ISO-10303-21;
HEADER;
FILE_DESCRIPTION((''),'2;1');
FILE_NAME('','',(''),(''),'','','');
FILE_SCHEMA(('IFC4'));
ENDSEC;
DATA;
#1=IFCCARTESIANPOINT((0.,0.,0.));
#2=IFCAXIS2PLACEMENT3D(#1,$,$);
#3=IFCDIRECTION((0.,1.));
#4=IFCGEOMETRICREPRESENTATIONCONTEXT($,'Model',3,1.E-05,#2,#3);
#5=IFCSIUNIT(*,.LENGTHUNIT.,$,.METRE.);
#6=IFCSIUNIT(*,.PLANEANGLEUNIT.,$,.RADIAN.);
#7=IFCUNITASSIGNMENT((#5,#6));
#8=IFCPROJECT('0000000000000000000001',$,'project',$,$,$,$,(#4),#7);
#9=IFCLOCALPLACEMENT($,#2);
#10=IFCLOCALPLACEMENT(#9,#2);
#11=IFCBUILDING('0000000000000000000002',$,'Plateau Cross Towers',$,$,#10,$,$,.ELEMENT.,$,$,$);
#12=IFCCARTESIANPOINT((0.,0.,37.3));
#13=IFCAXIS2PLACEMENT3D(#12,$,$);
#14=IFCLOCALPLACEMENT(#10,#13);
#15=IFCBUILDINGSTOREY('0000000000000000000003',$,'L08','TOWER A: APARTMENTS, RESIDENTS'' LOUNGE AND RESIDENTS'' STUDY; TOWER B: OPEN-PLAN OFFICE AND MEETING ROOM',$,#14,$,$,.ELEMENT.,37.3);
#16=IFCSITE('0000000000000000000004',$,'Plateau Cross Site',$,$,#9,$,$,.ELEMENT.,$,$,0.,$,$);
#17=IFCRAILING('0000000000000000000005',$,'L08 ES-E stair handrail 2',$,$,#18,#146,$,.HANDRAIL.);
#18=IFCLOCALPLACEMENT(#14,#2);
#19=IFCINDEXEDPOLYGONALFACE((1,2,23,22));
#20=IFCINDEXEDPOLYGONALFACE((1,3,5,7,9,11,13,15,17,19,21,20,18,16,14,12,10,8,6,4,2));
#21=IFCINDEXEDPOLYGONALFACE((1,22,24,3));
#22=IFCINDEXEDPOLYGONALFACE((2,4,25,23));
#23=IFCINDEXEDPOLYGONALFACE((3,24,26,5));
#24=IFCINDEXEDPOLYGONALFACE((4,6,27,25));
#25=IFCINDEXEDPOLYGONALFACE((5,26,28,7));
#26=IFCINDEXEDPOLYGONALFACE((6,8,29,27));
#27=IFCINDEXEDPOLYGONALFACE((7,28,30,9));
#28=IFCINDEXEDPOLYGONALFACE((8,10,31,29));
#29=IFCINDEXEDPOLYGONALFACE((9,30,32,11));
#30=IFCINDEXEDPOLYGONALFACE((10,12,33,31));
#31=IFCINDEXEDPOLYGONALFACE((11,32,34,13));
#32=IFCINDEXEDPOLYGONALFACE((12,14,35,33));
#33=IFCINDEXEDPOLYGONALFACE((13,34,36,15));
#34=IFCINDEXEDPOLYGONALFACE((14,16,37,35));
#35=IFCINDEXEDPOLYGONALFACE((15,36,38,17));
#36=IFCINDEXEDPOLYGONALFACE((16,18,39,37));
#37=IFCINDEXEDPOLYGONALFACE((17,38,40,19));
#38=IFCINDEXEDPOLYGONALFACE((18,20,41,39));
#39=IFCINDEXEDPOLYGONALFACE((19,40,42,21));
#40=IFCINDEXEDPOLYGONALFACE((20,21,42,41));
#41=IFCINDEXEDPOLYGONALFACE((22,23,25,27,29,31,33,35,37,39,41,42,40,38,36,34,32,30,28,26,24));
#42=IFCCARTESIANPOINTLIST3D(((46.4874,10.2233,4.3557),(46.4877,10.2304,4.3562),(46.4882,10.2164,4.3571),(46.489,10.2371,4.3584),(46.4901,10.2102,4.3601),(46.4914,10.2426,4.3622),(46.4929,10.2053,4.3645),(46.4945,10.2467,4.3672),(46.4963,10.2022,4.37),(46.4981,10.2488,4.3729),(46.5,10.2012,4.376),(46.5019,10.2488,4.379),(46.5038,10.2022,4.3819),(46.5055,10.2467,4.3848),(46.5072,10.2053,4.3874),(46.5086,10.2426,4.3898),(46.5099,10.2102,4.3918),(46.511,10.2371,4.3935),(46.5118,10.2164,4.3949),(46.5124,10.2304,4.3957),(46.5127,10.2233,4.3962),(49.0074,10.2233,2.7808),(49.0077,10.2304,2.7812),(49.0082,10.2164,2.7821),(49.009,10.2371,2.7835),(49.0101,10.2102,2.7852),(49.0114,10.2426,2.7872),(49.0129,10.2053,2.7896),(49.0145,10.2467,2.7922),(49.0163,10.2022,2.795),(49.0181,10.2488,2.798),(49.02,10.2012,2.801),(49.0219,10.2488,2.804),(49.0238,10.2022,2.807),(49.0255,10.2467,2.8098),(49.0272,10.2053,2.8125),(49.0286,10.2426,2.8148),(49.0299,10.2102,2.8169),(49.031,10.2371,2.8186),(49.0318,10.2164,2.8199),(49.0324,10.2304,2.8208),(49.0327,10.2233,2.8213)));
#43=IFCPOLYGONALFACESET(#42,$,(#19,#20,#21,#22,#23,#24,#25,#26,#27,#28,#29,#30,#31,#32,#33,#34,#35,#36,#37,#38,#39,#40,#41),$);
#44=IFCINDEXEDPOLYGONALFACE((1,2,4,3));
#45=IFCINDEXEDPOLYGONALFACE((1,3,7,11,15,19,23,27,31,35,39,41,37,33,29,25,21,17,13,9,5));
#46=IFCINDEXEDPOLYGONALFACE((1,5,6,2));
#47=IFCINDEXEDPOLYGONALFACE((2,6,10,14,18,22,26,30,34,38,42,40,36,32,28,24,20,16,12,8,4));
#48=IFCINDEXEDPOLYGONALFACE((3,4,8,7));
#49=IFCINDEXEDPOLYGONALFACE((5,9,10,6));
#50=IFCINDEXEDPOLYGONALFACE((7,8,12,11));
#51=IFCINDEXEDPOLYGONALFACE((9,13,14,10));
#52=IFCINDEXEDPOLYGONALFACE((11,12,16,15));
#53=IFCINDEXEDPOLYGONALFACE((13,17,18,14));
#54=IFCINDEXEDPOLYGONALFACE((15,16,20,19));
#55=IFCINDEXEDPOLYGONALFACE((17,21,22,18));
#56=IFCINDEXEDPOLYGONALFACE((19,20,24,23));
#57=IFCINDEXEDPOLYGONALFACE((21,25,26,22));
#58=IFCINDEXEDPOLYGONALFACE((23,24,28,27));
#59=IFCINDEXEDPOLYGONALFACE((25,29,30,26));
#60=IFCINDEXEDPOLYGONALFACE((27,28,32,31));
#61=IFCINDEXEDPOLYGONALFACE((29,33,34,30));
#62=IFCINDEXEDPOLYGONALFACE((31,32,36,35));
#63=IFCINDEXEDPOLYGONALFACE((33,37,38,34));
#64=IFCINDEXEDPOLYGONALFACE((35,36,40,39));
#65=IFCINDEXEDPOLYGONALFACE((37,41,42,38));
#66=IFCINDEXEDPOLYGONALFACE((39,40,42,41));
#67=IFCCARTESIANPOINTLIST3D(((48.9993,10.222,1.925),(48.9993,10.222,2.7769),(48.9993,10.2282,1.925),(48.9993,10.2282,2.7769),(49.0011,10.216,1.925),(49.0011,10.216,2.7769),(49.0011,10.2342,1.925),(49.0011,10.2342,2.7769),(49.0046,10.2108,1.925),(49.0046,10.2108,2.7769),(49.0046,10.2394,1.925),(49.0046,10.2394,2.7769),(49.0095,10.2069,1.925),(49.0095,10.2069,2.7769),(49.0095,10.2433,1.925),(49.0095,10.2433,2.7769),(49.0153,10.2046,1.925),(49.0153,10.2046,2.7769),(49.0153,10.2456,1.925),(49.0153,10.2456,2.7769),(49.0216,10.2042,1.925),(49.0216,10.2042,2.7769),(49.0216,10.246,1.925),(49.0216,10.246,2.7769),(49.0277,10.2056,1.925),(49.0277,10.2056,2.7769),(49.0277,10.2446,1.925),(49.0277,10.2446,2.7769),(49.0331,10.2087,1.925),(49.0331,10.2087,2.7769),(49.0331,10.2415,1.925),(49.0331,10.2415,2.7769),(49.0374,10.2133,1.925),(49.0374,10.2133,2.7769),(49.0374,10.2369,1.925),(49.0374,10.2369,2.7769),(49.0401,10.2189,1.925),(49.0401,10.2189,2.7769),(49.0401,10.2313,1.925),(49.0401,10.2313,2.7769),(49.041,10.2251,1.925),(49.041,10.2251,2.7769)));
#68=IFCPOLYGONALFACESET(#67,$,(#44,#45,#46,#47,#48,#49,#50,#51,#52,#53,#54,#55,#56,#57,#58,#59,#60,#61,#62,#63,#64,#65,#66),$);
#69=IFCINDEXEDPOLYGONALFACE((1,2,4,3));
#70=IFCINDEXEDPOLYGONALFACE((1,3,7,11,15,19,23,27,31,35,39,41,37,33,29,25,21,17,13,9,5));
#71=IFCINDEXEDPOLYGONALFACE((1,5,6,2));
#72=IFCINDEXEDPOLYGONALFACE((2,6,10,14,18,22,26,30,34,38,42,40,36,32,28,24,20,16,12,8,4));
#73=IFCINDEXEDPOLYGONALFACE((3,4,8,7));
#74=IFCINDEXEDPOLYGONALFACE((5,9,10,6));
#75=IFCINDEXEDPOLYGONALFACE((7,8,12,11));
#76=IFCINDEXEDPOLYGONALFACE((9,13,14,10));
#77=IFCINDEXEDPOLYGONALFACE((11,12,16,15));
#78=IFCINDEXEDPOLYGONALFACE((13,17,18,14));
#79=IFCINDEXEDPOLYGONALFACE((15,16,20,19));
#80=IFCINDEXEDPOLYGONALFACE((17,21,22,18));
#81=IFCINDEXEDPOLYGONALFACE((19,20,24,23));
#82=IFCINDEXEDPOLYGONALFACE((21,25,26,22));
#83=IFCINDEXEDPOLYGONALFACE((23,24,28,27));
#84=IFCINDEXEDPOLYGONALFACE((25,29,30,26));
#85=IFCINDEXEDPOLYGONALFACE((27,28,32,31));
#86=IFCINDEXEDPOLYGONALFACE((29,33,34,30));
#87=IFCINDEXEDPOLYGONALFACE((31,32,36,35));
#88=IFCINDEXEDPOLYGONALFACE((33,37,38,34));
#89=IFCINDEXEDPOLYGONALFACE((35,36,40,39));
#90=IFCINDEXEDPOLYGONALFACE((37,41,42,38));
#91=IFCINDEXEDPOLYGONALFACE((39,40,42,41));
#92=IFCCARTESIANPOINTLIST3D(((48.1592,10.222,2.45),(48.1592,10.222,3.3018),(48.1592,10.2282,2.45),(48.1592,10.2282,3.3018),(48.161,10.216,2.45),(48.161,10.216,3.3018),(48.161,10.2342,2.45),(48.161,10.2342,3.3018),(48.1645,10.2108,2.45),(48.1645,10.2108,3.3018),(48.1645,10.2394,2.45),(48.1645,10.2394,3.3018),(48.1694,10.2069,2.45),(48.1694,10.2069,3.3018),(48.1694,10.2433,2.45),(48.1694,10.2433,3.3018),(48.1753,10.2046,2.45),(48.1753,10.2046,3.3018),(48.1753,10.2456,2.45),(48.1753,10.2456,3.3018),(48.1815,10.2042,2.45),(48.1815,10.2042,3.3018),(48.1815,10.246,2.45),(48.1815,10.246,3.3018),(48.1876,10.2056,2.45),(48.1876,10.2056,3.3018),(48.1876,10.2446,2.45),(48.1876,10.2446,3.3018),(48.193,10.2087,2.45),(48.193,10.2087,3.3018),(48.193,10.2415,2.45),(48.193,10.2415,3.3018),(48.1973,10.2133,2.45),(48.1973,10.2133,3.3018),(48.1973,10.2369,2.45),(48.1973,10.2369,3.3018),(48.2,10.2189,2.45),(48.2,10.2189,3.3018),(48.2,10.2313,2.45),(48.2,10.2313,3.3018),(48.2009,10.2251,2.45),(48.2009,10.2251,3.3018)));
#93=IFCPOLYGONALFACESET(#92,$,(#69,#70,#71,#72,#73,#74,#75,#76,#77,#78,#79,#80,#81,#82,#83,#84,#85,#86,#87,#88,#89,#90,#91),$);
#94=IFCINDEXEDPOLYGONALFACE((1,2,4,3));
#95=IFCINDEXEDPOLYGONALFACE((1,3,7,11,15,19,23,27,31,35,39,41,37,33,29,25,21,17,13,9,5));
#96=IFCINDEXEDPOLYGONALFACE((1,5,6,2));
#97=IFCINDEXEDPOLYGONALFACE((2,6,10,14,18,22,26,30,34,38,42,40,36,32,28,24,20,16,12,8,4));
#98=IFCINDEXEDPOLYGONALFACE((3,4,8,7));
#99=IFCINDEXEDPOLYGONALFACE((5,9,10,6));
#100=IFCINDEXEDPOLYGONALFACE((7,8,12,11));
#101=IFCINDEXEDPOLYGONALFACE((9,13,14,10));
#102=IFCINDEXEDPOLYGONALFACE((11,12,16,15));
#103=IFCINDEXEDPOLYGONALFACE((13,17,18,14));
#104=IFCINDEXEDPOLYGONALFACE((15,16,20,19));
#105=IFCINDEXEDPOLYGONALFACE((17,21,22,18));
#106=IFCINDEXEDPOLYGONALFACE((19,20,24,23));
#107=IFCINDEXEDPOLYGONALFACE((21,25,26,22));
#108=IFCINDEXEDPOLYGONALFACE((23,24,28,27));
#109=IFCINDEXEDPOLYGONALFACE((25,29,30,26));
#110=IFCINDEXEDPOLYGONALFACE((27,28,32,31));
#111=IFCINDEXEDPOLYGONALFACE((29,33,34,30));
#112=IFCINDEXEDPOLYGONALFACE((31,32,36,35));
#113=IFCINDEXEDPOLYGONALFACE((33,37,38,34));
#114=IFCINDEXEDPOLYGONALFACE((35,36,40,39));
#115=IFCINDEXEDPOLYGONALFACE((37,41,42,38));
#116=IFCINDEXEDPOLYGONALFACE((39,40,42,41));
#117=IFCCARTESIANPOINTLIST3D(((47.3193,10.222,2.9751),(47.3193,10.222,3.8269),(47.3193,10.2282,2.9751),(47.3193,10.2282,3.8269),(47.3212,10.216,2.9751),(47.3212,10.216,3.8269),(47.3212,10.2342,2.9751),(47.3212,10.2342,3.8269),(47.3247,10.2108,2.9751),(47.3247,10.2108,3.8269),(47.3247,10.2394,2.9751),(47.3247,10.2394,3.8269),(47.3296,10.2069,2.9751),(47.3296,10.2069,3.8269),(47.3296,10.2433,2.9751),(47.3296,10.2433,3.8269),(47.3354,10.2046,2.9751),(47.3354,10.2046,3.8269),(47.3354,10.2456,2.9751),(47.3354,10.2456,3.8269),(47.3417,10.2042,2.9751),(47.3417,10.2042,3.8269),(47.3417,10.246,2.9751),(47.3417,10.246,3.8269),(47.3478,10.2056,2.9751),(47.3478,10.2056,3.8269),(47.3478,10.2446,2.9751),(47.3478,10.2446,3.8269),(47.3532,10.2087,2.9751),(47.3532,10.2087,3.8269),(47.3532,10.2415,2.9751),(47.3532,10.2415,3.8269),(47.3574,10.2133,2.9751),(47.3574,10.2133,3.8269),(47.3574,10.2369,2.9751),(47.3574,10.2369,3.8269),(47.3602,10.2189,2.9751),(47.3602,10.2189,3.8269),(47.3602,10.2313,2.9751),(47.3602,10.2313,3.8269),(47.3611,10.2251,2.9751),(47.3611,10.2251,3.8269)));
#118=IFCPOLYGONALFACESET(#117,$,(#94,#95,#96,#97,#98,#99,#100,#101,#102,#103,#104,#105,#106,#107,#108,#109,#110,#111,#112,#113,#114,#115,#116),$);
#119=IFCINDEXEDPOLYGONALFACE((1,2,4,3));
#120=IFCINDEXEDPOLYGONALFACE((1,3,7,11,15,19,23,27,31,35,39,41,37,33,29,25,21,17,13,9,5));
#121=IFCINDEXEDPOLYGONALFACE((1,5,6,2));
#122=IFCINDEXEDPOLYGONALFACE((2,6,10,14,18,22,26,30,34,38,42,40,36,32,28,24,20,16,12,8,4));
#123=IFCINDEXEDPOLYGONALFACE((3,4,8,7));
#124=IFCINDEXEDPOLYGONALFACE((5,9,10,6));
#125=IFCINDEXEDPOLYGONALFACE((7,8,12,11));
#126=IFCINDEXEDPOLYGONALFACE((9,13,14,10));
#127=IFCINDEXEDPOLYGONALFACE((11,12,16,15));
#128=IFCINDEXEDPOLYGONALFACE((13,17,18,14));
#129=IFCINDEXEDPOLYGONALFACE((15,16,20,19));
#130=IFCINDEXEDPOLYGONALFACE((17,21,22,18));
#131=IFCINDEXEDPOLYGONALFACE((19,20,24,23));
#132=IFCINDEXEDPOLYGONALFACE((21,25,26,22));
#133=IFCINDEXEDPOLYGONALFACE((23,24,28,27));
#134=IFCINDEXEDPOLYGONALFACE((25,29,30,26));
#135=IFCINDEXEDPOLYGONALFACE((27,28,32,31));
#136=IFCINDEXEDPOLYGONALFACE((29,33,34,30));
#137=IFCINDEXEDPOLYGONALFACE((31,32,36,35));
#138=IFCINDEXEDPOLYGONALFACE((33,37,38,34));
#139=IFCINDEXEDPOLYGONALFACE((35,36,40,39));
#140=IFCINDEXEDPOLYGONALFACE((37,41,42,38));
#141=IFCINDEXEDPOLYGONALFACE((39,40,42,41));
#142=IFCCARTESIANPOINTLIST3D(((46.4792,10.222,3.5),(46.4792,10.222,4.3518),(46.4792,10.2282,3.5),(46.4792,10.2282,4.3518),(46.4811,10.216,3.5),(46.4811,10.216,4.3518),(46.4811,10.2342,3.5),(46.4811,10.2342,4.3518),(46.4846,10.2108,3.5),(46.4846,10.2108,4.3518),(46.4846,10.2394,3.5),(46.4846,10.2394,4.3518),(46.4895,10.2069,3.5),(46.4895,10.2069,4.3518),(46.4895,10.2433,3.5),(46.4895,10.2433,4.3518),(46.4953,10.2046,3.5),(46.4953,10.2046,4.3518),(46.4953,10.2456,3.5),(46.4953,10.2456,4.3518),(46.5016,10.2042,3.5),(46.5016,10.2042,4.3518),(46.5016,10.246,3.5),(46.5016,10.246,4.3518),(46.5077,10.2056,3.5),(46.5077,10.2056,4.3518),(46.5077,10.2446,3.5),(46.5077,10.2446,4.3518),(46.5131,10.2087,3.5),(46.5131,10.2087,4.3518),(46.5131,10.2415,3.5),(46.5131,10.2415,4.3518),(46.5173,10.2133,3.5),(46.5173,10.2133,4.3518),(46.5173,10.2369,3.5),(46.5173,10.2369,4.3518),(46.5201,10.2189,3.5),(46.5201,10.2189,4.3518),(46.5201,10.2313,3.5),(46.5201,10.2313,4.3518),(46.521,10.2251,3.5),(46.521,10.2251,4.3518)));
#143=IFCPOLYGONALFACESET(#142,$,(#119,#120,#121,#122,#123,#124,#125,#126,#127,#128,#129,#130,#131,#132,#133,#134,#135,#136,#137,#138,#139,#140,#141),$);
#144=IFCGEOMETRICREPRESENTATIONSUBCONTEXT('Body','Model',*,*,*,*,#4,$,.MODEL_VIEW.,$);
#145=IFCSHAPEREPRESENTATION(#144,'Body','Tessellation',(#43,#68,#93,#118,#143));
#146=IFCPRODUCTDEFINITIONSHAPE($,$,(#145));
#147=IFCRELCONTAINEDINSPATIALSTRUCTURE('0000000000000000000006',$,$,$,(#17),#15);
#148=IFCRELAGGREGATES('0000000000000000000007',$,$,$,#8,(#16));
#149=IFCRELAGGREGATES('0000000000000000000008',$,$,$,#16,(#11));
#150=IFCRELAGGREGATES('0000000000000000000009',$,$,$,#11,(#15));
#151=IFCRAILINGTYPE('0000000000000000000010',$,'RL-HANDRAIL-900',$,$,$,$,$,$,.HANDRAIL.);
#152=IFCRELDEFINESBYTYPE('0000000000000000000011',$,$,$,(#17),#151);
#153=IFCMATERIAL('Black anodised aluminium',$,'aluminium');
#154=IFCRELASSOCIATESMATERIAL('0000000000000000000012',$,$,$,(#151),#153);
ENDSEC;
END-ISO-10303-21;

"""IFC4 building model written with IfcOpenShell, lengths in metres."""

from ifc_helpers import new_model, si_unit, direction, frame, origin, origin_2d, place, context, subcontext, project, spatial, circle, extrude, material, type_object, element, save


model = new_model("IFC4")

# Units and contexts
model_context = context("Model", 3, precision=1e-05, world=origin(), true_north=direction((0.0, 1.0)))
body_context = subcontext(model_context, "Body", "Model", "MODEL_VIEW")
ifc_project = project(units=[si_unit("LENGTHUNIT", "METRE"), si_unit("PLANEANGLEUNIT", "RADIAN")], contexts=[model_context])

# Site, building, storey
site_placement = place(None, origin())
site = spatial("IfcSite", under=ifc_project, at=site_placement, Name="Plateau Cross Site", CompositionType="ELEMENT", RefElevation=0.0)
building_placement = place(site_placement, origin())
building = spatial("IfcBuilding", under=site, at=building_placement, Name="Plateau Cross Towers", CompositionType="ELEMENT")
storey_placement = place(building_placement, frame((0.0, 0.0, 37.3)))
storey = spatial("IfcBuildingStorey", under=building, at=storey_placement, Name="L08", Description="TOWER A: APARTMENTS, RESIDENTS' LOUNGE AND RESIDENTS' STUDY; TOWER B: OPEN-PLAN OFFICE AND MEETING ROOM", CompositionType="ELEMENT", Elevation=37.3)

# Shared definitions
ifc_material_1 = material(Name="Black anodised aluminium", Category="aluminium")

# Railing
railing_type_1 = type_object("IfcRailingType", Name="RL-HANDRAIL-900", PredefinedType="HANDRAIL", material=ifc_material_1)
railing_1_placement = place(storey_placement, frame((49.02, 10.2251, 1.925)))
element("IfcRailing", 1, at=railing_1_placement, inside=storey, type_object=railing_type_1, Name="L08 ES-E stair handrail 2", PredefinedType="HANDRAIL", context=body_context, shape_type="SweptSolid", body=[
    extrude(circle(Radius=0.0239, at=origin_2d()), frame((0.0, 0.0, 0.876), z_axis=(-0.848008, 0.0, 0.529984), x_axis=(0.0, -1.0, 0.0)), (0.0, 0.0, 1.0), 2.9717),
    extrude(circle(Radius=0.021, at=origin_2d()), origin(), (0.0, 0.0, 1.0), 0.8518),
    extrude(circle(Radius=0.021, at=origin_2d()), frame((-0.8401, 0.0, 0.5249)), (0.0, 0.0, 1.0), 0.8518),
    extrude(circle(Radius=0.021, at=origin_2d()), frame((-1.6799, 0.0, 1.05)), (0.0, 0.0, 1.0), 0.8518),
    extrude(circle(Radius=0.021, at=origin_2d()), frame((-2.52, 0.0, 1.575)), (0.0, 0.0, 1.0), 0.8518),
])

save(model, "model.ifc")
